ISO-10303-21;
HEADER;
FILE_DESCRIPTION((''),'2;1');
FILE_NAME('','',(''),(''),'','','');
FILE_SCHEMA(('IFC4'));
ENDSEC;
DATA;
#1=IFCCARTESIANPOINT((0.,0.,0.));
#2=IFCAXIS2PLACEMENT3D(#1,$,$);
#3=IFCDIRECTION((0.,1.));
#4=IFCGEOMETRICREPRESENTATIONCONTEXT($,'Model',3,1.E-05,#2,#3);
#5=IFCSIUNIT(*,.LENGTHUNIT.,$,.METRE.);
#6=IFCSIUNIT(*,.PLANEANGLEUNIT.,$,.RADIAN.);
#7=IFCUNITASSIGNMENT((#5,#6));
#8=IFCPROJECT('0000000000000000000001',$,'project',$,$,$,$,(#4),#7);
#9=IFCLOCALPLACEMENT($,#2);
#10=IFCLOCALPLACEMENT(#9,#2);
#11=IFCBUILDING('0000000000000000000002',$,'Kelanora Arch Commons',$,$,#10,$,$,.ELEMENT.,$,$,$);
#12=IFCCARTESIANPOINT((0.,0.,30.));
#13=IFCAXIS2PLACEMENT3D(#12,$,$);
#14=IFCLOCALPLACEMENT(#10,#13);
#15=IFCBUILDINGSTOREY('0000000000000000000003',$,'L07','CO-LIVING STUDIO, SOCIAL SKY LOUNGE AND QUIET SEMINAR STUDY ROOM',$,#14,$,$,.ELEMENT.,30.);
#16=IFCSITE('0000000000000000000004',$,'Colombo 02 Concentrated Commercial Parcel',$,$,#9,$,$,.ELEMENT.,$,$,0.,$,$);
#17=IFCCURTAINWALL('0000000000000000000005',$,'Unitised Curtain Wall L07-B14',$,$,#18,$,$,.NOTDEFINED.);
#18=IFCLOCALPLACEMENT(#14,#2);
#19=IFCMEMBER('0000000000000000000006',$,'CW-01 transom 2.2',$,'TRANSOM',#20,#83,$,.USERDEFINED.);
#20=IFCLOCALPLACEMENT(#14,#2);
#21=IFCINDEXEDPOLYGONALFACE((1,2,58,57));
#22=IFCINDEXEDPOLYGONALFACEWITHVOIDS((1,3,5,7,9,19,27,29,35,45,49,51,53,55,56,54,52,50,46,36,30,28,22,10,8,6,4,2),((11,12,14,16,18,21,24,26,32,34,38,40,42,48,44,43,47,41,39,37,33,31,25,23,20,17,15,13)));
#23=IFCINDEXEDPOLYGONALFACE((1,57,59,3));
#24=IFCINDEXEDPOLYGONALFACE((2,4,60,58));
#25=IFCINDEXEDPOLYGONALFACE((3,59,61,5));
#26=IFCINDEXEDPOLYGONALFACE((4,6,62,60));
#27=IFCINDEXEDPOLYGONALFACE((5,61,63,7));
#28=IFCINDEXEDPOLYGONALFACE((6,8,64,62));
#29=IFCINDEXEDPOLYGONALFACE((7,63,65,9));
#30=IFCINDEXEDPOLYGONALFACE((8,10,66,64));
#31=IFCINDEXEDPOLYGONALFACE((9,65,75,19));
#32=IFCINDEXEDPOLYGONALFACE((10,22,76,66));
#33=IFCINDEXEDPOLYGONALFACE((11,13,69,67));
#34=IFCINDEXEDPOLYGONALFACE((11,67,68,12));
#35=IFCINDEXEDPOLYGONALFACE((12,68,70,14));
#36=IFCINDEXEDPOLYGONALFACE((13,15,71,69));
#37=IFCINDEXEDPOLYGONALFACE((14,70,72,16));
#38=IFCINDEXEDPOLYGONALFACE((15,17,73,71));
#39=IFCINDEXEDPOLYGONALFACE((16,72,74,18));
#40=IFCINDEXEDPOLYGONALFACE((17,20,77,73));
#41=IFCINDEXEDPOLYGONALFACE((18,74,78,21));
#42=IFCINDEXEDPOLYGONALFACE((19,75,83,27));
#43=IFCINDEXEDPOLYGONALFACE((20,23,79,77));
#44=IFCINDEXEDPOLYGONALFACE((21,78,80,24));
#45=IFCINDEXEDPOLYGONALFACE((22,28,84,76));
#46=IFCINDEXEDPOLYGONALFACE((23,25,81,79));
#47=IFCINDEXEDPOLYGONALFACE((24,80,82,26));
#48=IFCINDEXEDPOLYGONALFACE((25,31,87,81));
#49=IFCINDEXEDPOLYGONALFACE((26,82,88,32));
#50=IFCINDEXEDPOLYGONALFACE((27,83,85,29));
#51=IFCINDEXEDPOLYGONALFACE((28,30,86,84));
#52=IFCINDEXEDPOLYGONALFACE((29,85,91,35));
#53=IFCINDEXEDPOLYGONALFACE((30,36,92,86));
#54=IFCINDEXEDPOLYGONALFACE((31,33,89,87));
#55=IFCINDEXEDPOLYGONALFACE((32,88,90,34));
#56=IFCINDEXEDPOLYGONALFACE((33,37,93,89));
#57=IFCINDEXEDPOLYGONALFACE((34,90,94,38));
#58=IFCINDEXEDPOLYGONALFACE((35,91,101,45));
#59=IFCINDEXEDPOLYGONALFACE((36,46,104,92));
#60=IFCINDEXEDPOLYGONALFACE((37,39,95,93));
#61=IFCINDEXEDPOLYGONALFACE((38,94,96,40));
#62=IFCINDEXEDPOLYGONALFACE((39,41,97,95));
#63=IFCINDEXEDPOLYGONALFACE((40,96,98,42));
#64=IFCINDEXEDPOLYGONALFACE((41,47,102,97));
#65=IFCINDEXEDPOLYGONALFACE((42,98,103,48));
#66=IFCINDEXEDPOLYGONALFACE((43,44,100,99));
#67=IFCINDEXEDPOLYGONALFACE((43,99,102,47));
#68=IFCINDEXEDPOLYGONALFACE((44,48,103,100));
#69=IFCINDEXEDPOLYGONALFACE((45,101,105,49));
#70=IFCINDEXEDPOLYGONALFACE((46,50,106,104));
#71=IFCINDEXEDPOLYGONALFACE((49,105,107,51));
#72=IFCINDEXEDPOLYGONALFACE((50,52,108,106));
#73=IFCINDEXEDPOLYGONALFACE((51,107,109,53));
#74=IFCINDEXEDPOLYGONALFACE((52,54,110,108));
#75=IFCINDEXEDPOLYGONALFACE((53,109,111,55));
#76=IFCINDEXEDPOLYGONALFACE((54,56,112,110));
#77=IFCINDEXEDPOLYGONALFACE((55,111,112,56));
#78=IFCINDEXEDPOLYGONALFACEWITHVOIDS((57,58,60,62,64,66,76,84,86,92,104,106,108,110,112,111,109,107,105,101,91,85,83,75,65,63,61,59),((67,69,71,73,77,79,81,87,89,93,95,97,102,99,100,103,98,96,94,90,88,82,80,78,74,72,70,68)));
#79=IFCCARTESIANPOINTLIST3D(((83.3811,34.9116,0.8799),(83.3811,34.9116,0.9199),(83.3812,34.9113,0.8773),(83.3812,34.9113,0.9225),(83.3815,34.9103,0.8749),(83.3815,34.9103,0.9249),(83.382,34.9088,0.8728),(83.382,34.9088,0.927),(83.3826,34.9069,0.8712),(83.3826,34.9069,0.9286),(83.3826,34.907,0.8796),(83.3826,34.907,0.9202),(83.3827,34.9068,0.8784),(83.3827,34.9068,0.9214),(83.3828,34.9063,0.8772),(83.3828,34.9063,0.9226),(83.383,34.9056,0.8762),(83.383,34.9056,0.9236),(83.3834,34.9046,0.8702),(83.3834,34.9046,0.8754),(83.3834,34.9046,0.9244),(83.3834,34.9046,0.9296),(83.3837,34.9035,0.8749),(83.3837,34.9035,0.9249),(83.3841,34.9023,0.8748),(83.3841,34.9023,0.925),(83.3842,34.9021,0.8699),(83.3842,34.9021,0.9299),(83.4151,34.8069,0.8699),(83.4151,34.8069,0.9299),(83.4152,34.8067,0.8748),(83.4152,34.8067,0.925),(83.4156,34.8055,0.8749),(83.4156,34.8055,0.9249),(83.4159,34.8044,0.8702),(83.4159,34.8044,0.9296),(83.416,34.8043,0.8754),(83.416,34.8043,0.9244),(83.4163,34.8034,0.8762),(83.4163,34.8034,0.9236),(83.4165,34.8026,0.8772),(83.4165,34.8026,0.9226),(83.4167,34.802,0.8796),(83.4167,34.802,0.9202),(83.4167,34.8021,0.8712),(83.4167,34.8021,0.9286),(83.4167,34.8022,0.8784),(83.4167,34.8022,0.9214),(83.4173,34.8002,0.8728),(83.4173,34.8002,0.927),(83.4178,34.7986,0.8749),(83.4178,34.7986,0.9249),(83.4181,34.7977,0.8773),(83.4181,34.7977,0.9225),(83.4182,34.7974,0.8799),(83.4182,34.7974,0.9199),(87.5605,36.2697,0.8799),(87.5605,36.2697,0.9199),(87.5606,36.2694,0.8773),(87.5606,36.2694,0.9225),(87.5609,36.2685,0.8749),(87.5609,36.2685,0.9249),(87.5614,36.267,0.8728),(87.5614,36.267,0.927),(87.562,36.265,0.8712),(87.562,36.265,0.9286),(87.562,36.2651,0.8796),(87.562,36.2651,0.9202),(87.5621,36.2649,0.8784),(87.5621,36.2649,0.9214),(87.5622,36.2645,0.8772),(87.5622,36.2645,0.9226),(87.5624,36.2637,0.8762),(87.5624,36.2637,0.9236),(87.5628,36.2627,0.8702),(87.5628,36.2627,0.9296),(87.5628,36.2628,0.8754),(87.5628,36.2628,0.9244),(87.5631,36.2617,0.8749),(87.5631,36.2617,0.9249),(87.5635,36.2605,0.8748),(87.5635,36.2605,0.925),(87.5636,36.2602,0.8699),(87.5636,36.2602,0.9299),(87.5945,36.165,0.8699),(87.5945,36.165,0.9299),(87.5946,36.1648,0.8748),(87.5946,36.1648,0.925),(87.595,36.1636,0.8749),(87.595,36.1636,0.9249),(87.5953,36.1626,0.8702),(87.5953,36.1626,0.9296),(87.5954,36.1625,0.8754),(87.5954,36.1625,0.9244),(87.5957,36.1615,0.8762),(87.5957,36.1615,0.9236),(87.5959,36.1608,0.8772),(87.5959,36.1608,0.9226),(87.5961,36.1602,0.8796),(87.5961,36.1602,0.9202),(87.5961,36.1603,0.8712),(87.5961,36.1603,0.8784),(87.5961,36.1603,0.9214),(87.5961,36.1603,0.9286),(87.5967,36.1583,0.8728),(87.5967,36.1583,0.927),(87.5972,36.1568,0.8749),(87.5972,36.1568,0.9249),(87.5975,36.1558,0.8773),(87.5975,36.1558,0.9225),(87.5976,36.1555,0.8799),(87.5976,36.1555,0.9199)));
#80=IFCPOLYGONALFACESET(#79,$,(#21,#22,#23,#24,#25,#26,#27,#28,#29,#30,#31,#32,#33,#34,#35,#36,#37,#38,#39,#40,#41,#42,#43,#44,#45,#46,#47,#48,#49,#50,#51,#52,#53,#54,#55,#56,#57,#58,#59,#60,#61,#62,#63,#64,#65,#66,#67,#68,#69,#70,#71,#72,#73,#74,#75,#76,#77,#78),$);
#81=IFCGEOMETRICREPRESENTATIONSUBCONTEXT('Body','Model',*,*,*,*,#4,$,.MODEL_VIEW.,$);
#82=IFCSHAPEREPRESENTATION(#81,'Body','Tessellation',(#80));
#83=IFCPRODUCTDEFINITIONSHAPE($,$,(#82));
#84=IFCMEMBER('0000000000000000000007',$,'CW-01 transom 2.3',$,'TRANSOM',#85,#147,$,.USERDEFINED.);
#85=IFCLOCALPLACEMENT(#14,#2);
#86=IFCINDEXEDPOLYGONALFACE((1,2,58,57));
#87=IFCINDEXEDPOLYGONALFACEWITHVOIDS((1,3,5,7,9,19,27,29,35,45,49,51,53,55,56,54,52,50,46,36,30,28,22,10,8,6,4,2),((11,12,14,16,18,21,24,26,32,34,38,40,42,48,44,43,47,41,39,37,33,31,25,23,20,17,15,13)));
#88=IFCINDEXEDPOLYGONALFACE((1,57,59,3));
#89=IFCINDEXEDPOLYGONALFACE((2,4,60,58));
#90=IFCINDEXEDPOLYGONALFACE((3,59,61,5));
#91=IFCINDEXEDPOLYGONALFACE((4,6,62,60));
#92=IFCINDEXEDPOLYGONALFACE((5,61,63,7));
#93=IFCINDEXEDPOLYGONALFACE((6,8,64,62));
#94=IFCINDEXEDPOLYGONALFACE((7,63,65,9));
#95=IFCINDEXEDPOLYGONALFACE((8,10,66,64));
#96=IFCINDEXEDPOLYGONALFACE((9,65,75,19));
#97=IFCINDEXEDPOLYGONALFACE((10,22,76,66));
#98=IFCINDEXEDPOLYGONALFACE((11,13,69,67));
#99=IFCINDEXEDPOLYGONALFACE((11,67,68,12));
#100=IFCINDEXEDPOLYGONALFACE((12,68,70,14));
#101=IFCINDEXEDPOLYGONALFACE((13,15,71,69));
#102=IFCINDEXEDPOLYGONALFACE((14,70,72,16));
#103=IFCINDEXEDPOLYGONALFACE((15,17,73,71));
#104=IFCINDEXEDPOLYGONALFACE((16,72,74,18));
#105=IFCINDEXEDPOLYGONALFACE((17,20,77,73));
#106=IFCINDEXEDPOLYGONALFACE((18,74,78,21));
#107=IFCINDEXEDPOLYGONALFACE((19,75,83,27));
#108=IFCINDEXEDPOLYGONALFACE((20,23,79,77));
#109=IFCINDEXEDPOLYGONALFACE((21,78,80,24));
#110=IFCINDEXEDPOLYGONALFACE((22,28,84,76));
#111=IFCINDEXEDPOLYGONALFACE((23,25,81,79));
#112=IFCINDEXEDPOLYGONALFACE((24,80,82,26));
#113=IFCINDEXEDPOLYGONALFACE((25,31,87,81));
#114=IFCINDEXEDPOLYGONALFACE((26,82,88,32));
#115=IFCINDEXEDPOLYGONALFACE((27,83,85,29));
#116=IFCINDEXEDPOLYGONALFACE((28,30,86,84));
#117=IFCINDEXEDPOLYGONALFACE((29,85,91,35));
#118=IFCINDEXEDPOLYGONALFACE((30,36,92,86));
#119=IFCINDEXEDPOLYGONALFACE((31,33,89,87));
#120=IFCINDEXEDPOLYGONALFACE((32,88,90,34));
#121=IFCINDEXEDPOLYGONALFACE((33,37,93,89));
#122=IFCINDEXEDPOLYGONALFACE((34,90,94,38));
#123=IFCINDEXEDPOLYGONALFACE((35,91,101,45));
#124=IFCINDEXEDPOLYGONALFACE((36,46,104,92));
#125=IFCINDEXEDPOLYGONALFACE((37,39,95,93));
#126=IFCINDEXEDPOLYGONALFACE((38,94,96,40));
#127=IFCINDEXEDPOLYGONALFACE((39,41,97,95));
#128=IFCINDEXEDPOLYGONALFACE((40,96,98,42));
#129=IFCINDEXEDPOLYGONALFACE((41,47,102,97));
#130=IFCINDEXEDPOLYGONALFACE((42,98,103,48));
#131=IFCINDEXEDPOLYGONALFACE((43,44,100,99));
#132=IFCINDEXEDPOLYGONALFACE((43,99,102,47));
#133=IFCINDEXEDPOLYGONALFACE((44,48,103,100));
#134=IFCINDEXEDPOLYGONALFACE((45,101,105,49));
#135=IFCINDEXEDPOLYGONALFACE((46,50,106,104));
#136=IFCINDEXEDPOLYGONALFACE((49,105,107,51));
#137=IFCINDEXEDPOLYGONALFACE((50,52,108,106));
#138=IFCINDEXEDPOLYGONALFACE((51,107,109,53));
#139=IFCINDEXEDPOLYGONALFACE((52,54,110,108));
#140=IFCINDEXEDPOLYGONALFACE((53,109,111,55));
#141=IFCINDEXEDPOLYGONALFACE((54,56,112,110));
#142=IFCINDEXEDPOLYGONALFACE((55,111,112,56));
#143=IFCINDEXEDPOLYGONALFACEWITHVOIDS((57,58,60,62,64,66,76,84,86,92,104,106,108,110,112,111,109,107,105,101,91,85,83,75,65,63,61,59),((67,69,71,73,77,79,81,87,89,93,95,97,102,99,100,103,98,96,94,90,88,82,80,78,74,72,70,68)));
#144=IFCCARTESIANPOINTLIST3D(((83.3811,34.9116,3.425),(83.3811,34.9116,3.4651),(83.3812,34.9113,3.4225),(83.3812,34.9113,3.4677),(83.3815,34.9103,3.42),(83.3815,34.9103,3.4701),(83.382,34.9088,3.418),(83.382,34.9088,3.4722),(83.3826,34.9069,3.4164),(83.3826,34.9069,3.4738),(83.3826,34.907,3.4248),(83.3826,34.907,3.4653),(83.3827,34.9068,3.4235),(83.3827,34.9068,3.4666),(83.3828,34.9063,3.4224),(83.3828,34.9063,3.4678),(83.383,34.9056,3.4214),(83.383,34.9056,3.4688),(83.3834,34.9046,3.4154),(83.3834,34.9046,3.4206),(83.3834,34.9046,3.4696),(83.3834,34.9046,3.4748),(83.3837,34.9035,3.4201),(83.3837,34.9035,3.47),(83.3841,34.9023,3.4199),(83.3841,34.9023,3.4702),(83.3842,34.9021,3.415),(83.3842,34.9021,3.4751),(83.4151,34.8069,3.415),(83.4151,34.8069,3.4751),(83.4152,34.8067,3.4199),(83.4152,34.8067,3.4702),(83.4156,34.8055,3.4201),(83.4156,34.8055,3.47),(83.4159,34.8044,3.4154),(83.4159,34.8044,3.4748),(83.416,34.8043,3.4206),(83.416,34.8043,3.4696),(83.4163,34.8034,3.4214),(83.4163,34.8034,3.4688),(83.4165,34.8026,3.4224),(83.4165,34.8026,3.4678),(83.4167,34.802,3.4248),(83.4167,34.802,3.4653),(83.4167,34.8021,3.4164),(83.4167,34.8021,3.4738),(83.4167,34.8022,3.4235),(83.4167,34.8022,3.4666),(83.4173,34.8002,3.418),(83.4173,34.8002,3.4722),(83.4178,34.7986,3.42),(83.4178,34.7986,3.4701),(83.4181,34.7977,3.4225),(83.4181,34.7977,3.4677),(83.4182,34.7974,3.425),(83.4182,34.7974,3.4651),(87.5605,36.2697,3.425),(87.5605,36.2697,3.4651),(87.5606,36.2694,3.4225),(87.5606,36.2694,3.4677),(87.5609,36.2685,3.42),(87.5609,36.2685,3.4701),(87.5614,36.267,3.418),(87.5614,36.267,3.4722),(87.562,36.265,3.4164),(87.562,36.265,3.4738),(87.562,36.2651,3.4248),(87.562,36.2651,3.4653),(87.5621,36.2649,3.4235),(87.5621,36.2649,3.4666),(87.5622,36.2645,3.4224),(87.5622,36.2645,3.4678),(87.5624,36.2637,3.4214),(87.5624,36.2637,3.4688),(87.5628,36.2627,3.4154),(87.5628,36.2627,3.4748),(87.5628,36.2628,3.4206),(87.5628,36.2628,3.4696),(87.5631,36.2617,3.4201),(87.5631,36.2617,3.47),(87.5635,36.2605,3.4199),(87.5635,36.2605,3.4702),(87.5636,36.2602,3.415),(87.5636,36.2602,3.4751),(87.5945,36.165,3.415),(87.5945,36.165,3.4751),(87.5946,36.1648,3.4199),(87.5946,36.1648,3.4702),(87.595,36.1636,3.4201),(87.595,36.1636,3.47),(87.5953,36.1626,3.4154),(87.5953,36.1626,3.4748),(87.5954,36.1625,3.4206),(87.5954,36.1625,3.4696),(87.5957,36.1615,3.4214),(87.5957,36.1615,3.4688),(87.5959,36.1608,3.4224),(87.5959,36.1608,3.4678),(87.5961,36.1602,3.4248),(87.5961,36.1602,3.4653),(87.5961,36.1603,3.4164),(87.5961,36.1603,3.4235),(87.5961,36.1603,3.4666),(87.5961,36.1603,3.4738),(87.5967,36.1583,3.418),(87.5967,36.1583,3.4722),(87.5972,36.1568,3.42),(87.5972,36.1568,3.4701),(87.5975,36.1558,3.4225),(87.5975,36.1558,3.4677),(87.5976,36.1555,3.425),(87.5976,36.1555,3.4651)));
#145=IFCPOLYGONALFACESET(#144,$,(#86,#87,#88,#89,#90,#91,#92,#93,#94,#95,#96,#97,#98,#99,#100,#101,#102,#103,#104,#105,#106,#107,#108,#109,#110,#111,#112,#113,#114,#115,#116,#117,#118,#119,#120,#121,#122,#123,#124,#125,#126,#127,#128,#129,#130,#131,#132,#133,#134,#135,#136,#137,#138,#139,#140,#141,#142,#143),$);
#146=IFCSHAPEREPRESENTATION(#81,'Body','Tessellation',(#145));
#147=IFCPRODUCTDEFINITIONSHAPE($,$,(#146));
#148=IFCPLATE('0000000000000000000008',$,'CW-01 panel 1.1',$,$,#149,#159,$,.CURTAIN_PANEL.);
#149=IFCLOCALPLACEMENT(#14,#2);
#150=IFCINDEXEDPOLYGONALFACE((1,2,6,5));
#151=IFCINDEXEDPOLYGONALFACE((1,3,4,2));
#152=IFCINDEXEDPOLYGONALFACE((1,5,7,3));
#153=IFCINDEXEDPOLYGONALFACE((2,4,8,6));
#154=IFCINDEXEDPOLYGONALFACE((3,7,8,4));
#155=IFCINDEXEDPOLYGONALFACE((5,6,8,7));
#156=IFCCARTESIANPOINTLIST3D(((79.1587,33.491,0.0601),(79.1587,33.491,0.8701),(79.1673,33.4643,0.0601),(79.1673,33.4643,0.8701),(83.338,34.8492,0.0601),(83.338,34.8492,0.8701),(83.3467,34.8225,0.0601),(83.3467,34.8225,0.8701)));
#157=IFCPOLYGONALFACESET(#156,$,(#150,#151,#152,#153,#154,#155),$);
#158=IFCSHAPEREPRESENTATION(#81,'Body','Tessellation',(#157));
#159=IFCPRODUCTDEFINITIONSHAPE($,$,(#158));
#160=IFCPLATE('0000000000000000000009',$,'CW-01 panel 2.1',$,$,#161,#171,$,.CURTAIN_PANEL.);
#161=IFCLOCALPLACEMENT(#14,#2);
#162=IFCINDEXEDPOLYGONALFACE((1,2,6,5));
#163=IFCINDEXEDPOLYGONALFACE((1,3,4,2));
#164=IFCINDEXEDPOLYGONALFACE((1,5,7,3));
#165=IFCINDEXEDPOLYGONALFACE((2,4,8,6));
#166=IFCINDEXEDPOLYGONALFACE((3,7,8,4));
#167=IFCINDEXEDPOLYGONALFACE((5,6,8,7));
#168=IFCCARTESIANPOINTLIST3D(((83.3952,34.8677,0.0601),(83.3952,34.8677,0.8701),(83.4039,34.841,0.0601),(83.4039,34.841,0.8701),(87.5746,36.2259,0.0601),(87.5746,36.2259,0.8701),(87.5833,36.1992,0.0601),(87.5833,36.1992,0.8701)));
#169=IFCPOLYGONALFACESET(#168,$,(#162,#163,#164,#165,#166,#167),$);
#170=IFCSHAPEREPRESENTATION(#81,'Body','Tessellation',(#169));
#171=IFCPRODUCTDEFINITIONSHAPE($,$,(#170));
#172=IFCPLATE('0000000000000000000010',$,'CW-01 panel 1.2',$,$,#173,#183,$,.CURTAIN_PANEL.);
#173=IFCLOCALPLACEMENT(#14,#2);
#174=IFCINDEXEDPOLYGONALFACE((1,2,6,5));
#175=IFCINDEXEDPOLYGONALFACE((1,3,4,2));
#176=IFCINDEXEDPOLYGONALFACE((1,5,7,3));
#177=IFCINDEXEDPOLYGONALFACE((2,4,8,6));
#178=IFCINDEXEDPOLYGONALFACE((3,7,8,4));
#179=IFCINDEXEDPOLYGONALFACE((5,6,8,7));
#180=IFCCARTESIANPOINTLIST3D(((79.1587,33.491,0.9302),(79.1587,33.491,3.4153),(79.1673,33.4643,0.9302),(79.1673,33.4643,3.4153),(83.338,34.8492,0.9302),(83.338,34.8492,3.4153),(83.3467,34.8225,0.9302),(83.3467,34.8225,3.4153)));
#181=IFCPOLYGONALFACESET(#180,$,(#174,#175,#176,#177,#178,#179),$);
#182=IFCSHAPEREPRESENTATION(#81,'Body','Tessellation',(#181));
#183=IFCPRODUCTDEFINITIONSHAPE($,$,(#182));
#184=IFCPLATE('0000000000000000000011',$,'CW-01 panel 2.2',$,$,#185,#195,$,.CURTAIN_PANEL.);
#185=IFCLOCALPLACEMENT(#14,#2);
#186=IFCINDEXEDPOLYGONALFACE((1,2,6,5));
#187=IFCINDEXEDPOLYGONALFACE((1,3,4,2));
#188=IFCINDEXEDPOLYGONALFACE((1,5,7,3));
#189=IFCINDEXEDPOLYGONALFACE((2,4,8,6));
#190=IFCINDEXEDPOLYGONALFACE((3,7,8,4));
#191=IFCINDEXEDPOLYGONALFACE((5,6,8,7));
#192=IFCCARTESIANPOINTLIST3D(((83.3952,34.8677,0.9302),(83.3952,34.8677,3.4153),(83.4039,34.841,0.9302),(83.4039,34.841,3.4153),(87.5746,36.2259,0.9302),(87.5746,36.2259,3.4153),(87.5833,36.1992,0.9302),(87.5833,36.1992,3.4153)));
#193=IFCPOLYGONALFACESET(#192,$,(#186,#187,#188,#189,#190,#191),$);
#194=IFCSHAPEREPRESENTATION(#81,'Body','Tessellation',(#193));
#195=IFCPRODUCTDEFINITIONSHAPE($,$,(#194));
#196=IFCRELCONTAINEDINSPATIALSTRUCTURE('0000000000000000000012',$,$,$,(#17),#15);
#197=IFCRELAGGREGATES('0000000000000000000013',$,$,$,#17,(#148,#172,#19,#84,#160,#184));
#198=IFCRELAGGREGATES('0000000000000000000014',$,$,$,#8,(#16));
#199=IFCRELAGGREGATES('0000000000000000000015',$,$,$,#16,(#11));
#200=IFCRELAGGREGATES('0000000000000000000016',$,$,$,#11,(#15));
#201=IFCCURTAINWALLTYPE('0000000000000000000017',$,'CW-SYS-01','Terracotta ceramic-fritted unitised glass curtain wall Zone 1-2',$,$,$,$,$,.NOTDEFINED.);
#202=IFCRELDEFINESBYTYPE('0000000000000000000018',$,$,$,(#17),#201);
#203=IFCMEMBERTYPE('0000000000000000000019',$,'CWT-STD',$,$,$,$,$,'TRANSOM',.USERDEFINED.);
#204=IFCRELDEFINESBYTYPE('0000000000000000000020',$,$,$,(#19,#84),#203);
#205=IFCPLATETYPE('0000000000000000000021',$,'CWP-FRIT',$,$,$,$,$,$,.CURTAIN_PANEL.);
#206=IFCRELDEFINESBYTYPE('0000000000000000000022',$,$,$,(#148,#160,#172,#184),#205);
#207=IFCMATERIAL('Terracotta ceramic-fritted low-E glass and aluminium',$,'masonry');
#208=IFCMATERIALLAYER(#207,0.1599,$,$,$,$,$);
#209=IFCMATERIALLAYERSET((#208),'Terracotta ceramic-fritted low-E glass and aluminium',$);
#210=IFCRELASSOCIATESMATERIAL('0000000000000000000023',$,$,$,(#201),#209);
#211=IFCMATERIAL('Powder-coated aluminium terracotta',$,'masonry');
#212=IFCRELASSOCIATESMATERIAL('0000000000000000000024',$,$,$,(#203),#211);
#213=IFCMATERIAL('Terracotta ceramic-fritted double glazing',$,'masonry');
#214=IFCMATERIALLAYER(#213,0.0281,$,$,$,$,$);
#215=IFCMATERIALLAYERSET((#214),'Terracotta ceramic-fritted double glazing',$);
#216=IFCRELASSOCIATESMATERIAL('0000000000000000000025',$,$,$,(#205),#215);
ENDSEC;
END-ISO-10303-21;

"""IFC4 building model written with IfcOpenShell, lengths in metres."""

from ifc_helpers import new_model, si_unit, direction, frame, origin, origin_2d, place, context, subcontext, project, spatial, rectangle, hollow_rectangle, extrude, source, transform, mapped, material, layer, layer_set, material_profile, profile_set, type_object, element, aggregate, save


model = new_model("IFC4")

# Units and contexts
model_context = context("Model", 3, precision=1e-05, world=origin(), true_north=direction((0.0, 1.0)))
body_context = subcontext(model_context, "Body", "Model", "MODEL_VIEW")
ifc_project = project(units=[si_unit("LENGTHUNIT", "METRE"), si_unit("PLANEANGLEUNIT", "RADIAN")], contexts=[model_context])

# Site, building, storey
site_placement = place(None, origin())
site = spatial("IfcSite", under=ifc_project, at=site_placement, Name="Colombo 02 Concentrated Commercial Parcel", CompositionType="ELEMENT", RefElevation=0.0)
building_placement = place(site_placement, origin())
building = spatial("IfcBuilding", under=site, at=building_placement, Name="Kelanora Arch Commons", CompositionType="ELEMENT")
storey_placement = place(building_placement, frame((0.0, 0.0, 30.0)))
storey = spatial("IfcBuildingStorey", under=building, at=storey_placement, Name="L07", Description="CO-LIVING STUDIO, SOCIAL SKY LOUNGE AND QUIET SEMINAR STUDY ROOM", CompositionType="ELEMENT", Elevation=30.0)

# Curtain wall, members, plates
ifc_material_1 = material(Name="Terracotta ceramic-fritted low-E glass and aluminium", Category="masonry")
ifc_layer_1 = layer(ifc_material_1, 0.1599)
ifc_layer_set_1 = layer_set([ifc_layer_1], Name="Terracotta ceramic-fritted low-E glass and aluminium")
curtain_wall_type = type_object("IfcCurtainWallType", Name="CW-SYS-01", Description="Terracotta ceramic-fritted unitised glass curtain wall Zone 1-2", PredefinedType="NOTDEFINED", material=ifc_layer_set_1)
curtain_wall_placement = place(storey_placement, origin())
curtain_wall = element("IfcCurtainWall", 1, at=curtain_wall_placement, inside=storey, type_object=curtain_wall_type, Name="Unitised Curtain Wall L07-B14", PredefinedType="NOTDEFINED")
ifc_material_2 = material(Name="Powder-coated aluminium terracotta", Category="masonry")
ifc_material_profile_1 = material_profile(ifc_material_2, hollow_rectangle(XDim=0.1201, YDim=0.0601, WallThickness=0.0049, InnerFilletRadius=0.0049, OuterFilletRadius=0.01, at=origin_2d()), Name="CWT120x60")
ifc_profile_set_1 = profile_set([ifc_material_profile_1], Name="Powder-coated aluminium terracotta")
member_type_1 = type_object("IfcMemberType", Name="CWT-STD", ElementType="TRANSOM", PredefinedType="USERDEFINED", material=ifc_profile_set_1)
member_1_placement = place(storey_placement, frame((83.3997, 34.8545, 0.8999), z_axis=(0.951045, 0.309052, 0.0), x_axis=(-0.309052, 0.951045, 0.0)))
member_1 = element("IfcMember", 2, at=member_1_placement, type_object=member_type_1, Name="CW-01 transom 2.2", ObjectType="TRANSOM", PredefinedType="USERDEFINED", context=body_context, shape_type="SweptSolid", body=[
    extrude(hollow_rectangle(XDim=0.1201, YDim=0.0601, WallThickness=0.0049, InnerFilletRadius=0.0049, OuterFilletRadius=0.01, at=origin_2d()), origin(), (0.0, 0.0, 1.0), 4.3945),
])
member_2_placement = place(storey_placement, frame((83.3997, 34.8545, 3.4451), z_axis=(0.951045, 0.309052, 0.0), x_axis=(-0.309052, 0.951045, 0.0)))
member_2 = element("IfcMember", 3, at=member_2_placement, type_object=member_type_1, Name="CW-01 transom 2.3", ObjectType="TRANSOM", PredefinedType="USERDEFINED", context=body_context, shape_type="SweptSolid", body=[
    extrude(hollow_rectangle(XDim=0.1201, YDim=0.0601, WallThickness=0.0049, InnerFilletRadius=0.0049, OuterFilletRadius=0.01, at=origin_2d()), origin(), (0.0, 0.0, 1.0), 4.3945),
])
ifc_material_3 = material(Name="Terracotta ceramic-fritted double glazing", Category="masonry")
ifc_layer_2 = layer(ifc_material_3, 0.0281)
ifc_layer_set_2 = layer_set([ifc_layer_2], Name="Terracotta ceramic-fritted double glazing")
plate_type = type_object("IfcPlateType", Name="CWP-FRIT", PredefinedType="CURTAIN_PANEL", material=ifc_layer_set_2)
shared_shape_1 = source(origin(), body_context, "Body", "SweptSolid", [
    extrude(rectangle(XDim=4.3945, YDim=0.0281, at=origin_2d()), origin(), (0.0, 0.0, 1.0), 0.8101),
])
plate_1_placement = place(storey_placement, frame((81.2527, 34.1567, 0.0601), z_axis=(0.0, 0.0, 1.0), x_axis=(0.951043, 0.309058, 0.0)))
plate_1 = element("IfcPlate", 4, at=plate_1_placement, type_object=plate_type, Name="CW-01 panel 1.1", PredefinedType="CURTAIN_PANEL", context=body_context, shape_type="MappedRepresentation", body=[
    mapped(shared_shape_1, transform((0.0, 0.0, 0.0), scale=1.0)),
])
plate_2_placement = place(storey_placement, frame((85.4893, 35.5334, 0.0601), z_axis=(0.0, 0.0, 1.0), x_axis=(0.951043, 0.309058, 0.0)))
plate_2 = element("IfcPlate", 5, at=plate_2_placement, type_object=plate_type, Name="CW-01 panel 2.1", PredefinedType="CURTAIN_PANEL", context=body_context, shape_type="MappedRepresentation", body=[
    mapped(shared_shape_1, transform((0.0, 0.0, 0.0), scale=1.0)),
])
shared_shape_2 = source(origin(), body_context, "Body", "SweptSolid", [
    extrude(rectangle(XDim=4.3945, YDim=0.0281, at=origin_2d()), origin(), (0.0, 0.0, 1.0), 2.4851),
])
plate_3_placement = place(storey_placement, frame((81.2527, 34.1567, 0.9302), z_axis=(0.0, 0.0, 1.0), x_axis=(0.951043, 0.309058, 0.0)))
plate_3 = element("IfcPlate", 6, at=plate_3_placement, type_object=plate_type, Name="CW-01 panel 1.2", PredefinedType="CURTAIN_PANEL", context=body_context, shape_type="MappedRepresentation", body=[
    mapped(shared_shape_2, transform((0.0, 0.0, 0.0), scale=1.0)),
])
plate_4_placement = place(storey_placement, frame((85.4893, 35.5334, 0.9302), z_axis=(0.0, 0.0, 1.0), x_axis=(0.951043, 0.309058, 0.0)))
plate_4 = element("IfcPlate", 7, at=plate_4_placement, type_object=plate_type, Name="CW-01 panel 2.2", PredefinedType="CURTAIN_PANEL", context=body_context, shape_type="MappedRepresentation", body=[
    mapped(shared_shape_2, transform((0.0, 0.0, 0.0), scale=1.0)),
])
aggregate(curtain_wall, [plate_1, plate_3, member_1, member_2, plate_2, plate_4])

save(model, "model.ifc")
